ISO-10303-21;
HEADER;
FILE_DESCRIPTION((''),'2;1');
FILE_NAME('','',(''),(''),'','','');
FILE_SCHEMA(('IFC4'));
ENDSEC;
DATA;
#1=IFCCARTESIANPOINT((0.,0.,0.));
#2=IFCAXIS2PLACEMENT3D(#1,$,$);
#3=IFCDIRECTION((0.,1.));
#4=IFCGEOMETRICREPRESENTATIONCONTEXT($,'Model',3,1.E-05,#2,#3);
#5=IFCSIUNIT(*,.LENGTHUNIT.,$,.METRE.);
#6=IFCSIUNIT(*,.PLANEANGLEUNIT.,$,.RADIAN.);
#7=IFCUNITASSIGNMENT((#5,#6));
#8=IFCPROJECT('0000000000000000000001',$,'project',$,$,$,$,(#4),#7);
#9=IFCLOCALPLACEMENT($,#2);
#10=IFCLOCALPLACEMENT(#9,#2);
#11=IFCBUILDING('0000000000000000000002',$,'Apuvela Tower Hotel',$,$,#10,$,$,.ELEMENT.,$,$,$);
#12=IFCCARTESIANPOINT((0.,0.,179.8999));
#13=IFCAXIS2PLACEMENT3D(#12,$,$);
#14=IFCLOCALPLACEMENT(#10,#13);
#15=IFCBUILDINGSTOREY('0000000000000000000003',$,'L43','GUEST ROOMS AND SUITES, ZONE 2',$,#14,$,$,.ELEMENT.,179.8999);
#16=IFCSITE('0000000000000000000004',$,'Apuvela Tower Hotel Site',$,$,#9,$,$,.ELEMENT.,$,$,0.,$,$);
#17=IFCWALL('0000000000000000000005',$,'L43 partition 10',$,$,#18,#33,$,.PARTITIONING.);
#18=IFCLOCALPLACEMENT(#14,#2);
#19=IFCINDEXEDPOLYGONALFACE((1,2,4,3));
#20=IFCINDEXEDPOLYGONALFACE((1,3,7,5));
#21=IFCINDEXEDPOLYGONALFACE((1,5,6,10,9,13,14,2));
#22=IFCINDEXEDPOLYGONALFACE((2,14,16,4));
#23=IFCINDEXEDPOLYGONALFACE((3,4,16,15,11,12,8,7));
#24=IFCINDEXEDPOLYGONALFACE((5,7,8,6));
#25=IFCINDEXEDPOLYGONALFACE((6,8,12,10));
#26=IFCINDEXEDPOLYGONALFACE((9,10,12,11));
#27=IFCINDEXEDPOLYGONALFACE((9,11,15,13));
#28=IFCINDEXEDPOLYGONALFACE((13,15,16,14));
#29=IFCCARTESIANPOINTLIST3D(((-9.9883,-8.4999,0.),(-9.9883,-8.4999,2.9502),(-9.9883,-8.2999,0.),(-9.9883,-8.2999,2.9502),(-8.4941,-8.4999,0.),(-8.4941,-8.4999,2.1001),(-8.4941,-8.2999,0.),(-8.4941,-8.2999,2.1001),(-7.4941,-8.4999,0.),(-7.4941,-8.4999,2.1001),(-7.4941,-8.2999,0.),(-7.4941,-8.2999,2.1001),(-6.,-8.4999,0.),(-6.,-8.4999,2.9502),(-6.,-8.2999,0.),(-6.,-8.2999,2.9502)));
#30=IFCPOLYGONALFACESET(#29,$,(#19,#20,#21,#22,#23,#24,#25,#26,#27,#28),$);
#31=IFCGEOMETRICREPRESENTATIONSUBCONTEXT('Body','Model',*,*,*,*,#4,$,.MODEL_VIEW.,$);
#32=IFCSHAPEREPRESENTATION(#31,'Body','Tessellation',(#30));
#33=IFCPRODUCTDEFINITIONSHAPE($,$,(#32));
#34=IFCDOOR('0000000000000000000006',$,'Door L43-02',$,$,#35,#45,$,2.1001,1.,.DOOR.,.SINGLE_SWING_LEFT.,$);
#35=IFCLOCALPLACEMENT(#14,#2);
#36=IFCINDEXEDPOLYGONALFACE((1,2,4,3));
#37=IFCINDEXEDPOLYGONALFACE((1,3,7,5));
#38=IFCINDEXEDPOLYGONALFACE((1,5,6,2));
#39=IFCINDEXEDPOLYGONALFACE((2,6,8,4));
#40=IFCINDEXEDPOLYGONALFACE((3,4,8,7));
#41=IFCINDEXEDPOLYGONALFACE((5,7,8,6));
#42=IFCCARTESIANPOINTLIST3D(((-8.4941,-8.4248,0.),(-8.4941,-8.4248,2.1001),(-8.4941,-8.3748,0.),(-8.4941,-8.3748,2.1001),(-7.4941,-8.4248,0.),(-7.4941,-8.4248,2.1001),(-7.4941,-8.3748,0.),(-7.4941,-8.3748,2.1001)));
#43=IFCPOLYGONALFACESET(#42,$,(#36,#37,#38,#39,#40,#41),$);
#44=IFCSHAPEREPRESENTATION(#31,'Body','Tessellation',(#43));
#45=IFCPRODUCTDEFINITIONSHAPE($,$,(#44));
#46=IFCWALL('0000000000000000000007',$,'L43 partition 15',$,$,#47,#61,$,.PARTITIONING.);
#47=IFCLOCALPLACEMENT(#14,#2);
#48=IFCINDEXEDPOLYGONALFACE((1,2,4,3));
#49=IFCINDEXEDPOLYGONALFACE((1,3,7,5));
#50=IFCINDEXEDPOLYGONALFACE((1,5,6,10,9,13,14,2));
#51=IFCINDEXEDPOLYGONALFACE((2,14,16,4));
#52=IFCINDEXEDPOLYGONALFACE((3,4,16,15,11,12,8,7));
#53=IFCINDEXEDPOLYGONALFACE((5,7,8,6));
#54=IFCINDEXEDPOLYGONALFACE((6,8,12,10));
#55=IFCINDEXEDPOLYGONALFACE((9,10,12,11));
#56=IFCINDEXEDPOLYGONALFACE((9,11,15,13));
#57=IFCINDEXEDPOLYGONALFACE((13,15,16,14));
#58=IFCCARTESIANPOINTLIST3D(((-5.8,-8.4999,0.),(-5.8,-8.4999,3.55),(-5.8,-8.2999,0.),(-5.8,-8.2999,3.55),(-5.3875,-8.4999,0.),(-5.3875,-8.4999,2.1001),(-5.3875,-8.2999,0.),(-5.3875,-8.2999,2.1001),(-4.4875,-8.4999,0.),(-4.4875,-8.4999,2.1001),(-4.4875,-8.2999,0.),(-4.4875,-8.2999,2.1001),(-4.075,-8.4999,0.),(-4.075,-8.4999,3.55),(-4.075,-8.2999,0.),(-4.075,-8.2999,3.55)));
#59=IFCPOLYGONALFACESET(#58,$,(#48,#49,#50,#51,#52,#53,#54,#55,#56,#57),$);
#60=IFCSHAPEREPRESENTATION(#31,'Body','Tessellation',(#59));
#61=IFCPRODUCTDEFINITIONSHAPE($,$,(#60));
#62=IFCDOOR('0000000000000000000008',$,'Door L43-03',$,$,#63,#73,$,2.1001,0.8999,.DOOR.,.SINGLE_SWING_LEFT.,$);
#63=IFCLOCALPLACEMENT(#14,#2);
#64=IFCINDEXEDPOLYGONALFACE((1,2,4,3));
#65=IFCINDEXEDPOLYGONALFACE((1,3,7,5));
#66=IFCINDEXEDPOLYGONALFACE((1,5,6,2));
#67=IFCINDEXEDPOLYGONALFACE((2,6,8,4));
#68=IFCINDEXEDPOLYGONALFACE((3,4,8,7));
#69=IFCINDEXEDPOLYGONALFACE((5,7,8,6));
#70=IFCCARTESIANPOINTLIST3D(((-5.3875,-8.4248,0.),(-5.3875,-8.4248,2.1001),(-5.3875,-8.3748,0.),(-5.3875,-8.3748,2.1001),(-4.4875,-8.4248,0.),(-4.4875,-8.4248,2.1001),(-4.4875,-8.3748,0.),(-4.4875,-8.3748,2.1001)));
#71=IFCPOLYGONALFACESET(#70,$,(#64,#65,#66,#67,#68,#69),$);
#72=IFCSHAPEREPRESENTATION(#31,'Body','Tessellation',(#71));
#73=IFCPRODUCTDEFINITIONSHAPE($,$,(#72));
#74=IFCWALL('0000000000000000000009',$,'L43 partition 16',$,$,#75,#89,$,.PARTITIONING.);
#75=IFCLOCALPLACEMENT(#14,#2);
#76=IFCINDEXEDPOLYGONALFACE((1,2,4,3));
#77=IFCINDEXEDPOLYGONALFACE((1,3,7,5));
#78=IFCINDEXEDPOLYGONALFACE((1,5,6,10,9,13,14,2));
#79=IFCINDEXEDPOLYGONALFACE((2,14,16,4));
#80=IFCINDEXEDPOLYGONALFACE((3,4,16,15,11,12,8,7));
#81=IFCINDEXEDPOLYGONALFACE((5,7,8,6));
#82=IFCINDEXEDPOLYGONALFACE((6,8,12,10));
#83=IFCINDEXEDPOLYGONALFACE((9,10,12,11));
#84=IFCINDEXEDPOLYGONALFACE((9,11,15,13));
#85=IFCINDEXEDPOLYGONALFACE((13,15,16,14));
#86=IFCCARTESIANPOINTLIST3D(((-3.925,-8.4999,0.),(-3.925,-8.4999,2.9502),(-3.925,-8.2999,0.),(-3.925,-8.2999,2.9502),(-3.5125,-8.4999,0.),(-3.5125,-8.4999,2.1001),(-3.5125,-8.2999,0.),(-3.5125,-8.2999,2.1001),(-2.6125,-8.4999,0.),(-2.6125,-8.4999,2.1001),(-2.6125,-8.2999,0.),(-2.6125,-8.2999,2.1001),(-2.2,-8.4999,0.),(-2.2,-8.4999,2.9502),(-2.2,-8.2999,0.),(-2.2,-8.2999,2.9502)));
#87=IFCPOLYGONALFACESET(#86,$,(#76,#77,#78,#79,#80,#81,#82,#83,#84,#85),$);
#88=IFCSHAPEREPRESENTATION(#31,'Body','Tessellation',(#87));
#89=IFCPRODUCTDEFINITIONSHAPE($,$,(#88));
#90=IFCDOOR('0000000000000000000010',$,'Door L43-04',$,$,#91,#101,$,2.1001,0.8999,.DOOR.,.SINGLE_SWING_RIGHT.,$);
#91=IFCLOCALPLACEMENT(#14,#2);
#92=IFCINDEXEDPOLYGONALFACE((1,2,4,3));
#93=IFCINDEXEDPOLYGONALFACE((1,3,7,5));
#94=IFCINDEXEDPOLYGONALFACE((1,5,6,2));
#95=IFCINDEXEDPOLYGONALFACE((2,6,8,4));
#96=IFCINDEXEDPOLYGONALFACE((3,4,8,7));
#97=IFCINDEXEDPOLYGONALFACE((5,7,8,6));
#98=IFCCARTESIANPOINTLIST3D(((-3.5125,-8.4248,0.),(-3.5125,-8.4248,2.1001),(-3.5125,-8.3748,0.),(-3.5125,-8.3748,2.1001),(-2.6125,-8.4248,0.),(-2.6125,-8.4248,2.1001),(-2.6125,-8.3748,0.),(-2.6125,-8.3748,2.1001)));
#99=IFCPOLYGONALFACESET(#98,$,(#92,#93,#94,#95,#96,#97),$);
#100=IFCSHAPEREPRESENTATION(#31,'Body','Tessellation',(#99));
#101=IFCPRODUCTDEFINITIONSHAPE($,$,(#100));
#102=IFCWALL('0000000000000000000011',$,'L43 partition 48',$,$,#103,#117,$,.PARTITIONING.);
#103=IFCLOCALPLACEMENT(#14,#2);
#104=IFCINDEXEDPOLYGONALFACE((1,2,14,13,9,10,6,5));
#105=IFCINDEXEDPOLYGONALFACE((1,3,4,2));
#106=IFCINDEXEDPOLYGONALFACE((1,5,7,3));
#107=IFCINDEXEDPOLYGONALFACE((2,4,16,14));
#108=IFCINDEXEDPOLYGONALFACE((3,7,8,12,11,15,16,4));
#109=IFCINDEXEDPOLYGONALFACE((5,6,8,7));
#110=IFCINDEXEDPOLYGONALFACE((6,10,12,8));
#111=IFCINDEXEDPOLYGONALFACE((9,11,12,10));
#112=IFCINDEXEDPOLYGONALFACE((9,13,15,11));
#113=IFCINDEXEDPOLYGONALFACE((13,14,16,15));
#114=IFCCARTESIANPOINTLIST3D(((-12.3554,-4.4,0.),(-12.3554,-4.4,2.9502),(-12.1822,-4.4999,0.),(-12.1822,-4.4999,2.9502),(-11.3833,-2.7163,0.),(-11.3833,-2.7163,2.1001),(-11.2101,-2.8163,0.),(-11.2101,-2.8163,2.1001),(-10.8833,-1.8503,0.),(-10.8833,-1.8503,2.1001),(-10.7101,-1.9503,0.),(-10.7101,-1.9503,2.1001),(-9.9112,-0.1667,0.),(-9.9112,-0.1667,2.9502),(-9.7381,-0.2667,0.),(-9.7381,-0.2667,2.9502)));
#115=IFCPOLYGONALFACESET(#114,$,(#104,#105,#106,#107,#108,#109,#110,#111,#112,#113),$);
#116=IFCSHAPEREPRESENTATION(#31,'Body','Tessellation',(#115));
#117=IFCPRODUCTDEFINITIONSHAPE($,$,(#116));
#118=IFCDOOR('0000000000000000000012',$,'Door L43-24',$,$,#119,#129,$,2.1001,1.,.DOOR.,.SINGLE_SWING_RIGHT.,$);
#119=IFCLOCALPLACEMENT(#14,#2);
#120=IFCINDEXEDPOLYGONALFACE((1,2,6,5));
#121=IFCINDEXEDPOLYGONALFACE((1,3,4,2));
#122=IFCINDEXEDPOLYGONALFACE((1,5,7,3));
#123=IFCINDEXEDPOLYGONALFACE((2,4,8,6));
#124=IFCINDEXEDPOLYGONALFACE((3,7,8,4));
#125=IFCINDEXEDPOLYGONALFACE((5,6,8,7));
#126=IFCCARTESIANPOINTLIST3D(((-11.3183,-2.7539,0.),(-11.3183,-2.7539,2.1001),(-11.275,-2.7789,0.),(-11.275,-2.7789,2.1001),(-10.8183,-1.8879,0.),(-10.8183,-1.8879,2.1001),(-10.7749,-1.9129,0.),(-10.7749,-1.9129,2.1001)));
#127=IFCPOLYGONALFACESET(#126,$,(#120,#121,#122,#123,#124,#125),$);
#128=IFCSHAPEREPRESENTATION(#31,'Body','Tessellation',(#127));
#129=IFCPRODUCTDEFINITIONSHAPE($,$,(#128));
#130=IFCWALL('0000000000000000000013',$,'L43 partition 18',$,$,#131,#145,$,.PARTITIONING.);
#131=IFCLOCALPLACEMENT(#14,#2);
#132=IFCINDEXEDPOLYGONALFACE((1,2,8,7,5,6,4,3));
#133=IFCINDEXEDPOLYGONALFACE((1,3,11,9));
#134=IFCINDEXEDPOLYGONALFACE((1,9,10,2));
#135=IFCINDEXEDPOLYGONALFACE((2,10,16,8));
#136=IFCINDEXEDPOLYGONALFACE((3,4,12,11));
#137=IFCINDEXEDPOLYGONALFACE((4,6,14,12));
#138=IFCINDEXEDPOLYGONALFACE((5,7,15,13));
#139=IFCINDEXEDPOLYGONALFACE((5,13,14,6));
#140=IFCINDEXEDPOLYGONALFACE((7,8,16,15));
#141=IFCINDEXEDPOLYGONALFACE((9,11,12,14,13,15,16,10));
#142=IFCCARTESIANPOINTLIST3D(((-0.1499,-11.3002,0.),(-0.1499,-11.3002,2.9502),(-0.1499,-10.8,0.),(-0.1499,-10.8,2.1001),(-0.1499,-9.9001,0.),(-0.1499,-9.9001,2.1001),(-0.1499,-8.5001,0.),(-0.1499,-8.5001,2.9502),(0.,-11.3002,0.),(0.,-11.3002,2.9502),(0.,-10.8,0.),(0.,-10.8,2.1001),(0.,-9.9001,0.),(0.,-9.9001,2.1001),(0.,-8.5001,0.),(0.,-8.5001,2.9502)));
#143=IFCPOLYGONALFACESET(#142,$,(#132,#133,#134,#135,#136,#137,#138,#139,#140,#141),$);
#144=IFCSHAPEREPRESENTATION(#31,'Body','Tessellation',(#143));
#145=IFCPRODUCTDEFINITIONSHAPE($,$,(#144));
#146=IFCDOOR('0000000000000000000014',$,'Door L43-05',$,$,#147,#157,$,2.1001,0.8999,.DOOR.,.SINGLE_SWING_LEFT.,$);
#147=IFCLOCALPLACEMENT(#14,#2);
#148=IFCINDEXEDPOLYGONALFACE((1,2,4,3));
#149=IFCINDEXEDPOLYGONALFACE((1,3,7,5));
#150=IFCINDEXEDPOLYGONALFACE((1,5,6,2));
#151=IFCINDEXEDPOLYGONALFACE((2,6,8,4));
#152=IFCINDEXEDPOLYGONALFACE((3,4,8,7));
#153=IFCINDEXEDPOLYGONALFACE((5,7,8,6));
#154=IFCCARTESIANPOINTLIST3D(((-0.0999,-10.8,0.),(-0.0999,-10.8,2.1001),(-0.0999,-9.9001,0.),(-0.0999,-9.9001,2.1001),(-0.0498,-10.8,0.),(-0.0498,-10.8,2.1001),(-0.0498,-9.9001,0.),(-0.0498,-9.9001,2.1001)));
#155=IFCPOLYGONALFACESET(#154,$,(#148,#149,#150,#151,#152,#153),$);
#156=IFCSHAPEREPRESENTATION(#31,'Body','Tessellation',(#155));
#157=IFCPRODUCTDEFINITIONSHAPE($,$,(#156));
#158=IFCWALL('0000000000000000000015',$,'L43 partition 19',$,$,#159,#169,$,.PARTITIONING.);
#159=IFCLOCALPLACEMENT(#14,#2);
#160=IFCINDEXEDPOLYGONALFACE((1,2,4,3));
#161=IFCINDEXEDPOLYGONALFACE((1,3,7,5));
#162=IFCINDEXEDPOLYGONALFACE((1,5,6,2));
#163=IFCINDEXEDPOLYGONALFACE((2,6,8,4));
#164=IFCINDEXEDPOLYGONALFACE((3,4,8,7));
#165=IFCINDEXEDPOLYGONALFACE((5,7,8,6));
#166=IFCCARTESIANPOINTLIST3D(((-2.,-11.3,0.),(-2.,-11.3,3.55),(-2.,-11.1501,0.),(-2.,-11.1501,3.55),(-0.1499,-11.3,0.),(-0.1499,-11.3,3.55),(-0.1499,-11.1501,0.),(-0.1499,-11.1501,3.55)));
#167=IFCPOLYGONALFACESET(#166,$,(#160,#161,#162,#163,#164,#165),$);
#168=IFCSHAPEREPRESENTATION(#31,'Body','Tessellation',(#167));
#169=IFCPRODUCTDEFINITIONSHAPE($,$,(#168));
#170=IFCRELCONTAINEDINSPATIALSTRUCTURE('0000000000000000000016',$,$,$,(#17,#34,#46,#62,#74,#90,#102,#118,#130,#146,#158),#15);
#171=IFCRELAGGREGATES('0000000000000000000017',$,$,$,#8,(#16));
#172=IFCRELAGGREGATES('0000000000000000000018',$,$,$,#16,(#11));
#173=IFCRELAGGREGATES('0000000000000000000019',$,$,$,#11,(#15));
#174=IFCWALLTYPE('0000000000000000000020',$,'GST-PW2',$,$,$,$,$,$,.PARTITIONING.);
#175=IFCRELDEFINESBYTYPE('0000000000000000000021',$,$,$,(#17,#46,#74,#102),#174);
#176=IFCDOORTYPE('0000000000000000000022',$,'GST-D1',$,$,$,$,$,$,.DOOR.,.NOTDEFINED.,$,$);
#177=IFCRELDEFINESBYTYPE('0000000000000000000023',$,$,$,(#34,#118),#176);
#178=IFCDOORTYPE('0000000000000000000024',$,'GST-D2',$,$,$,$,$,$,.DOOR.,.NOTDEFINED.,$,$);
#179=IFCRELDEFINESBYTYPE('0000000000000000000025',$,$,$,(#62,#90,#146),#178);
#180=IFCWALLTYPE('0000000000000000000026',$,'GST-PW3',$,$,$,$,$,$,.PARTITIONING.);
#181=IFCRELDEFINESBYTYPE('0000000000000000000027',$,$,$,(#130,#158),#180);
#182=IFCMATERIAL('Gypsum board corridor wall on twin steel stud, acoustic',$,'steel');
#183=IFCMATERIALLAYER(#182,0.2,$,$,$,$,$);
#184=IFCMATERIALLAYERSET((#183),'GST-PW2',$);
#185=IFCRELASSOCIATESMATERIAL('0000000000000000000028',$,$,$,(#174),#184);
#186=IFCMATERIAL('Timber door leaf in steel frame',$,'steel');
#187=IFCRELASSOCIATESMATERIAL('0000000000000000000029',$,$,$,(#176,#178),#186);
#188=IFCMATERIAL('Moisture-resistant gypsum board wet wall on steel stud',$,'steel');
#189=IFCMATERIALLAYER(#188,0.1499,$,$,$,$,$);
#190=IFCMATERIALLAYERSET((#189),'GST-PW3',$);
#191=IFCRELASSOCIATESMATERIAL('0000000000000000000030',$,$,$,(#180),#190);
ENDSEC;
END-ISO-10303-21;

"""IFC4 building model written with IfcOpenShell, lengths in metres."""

from ifc_helpers import new_model, si_unit, direction, frame, frame_2d, origin, place, context, subcontext, project, spatial, rectangle, extrude, material, layer, layer_set, type_object, element, fill, save


model = new_model("IFC4")

# Units and contexts
model_context = context("Model", 3, precision=1e-05, world=origin(), true_north=direction((0.0, 1.0)))
body_context = subcontext(model_context, "Body", "Model", "MODEL_VIEW")
ifc_project = project(units=[si_unit("LENGTHUNIT", "METRE"), si_unit("PLANEANGLEUNIT", "RADIAN")], contexts=[model_context])

# Site, building, storey
site_placement = place(None, origin())
site = spatial("IfcSite", under=ifc_project, at=site_placement, Name="Apuvela Tower Hotel Site", CompositionType="ELEMENT", RefElevation=0.0)
building_placement = place(site_placement, origin())
building = spatial("IfcBuilding", under=site, at=building_placement, Name="Apuvela Tower Hotel", CompositionType="ELEMENT")
storey_placement = place(building_placement, frame((0.0, 0.0, 179.8999)))
storey = spatial("IfcBuildingStorey", under=building, at=storey_placement, Name="L43", Description="GUEST ROOMS AND SUITES, ZONE 2", CompositionType="ELEMENT", Elevation=179.8999)

# Walls, openings, doors
ifc_material_1 = material(Name="Gypsum board corridor wall on twin steel stud, acoustic", Category="steel")
ifc_layer_1 = layer(ifc_material_1, 0.2)
ifc_layer_set_1 = layer_set([ifc_layer_1], Name="GST-PW2")
wall_type_1 = type_object("IfcWallType", Name="GST-PW2", PredefinedType="PARTITIONING", material=ifc_layer_set_1)
wall_1_placement = place(storey_placement, frame((-6.0, -8.3999, 0.0), z_axis=(0.0, 0.0, 1.0), x_axis=(-1.0, 0.0, 0.0)))
wall_1 = element("IfcWall", 1, at=wall_1_placement, inside=storey, type_object=wall_type_1, Name="L43 partition 10", PredefinedType="PARTITIONING", context=body_context, shape_type="SweptSolid", body=[
    extrude(rectangle(XDim=3.9883, YDim=0.2, at=frame_2d((1.9941, 0.0))), origin(), (0.0, 0.0, 1.0), 2.9502),
])
opening_1_placement = place(wall_1_placement, frame((1.4941, 0.0, 0.0)))
opening_1 = element("IfcOpeningElement", 2, at=opening_1_placement, cuts=wall_1, PredefinedType="OPENING", context=body_context, shape_type="SweptSolid", body=[
    extrude(rectangle(XDim=1.0, YDim=2.1001, at=frame_2d((0.5, 1.05))), frame((0.0, 0.1099, 0.0), z_axis=(0.0, -1.0, 0.0), x_axis=(1.0, 0.0, 0.0)), (0.0, 0.0, 1.0), 0.22),
])
ifc_material_2 = material(Name="Timber door leaf in steel frame", Category="steel")
door_type_1 = type_object("IfcDoorType", Name="GST-D1", OperationType="NOTDEFINED", PredefinedType="DOOR", material=ifc_material_2)
door_1_placement = place(opening_1_placement, origin())
door_1 = element("IfcDoor", 3, at=door_1_placement, inside=storey, type_object=door_type_1, Name="Door L43-02", OperationType="SINGLE_SWING_LEFT", OverallHeight=2.1001, OverallWidth=1.0, PredefinedType="DOOR", context=body_context, shape_type="SweptSolid", body=[
    extrude(rectangle(XDim=1.0, YDim=2.1001, at=frame_2d((0.5, 1.05))), frame((0.0, 0.0249, 0.0), z_axis=(0.0, -1.0, 0.0), x_axis=(1.0, 0.0, 0.0)), (0.0, 0.0, 1.0), 0.05),
])
fill(opening_1, door_1)
wall_2_placement = place(storey_placement, frame((-4.075, -8.3999, 0.0), z_axis=(0.0, 0.0, 1.0), x_axis=(-1.0, 0.0, 0.0)))
wall_2 = element("IfcWall", 4, at=wall_2_placement, inside=storey, type_object=wall_type_1, Name="L43 partition 15", PredefinedType="PARTITIONING", context=body_context, shape_type="SweptSolid", body=[
    extrude(rectangle(XDim=1.7251, YDim=0.2, at=frame_2d((0.8625, 0.0))), origin(), (0.0, 0.0, 1.0), 3.55),
])
opening_2_placement = place(wall_2_placement, frame((0.4126, 0.0, 0.0)))
opening_2 = element("IfcOpeningElement", 5, at=opening_2_placement, cuts=wall_2, PredefinedType="OPENING", context=body_context, shape_type="SweptSolid", body=[
    extrude(rectangle(XDim=0.8999, YDim=2.1001, at=frame_2d((0.45, 1.05))), frame((0.0, 0.1099, 0.0), z_axis=(0.0, -1.0, 0.0), x_axis=(1.0, 0.0, 0.0)), (0.0, 0.0, 1.0), 0.22),
])
door_type_2 = type_object("IfcDoorType", Name="GST-D2", OperationType="NOTDEFINED", PredefinedType="DOOR", material=ifc_material_2)
door_2_placement = place(opening_2_placement, origin())
door_2 = element("IfcDoor", 6, at=door_2_placement, inside=storey, type_object=door_type_2, Name="Door L43-03", OperationType="SINGLE_SWING_LEFT", OverallHeight=2.1001, OverallWidth=0.8999, PredefinedType="DOOR", context=body_context, shape_type="SweptSolid", body=[
    extrude(rectangle(XDim=0.8999, YDim=2.1001, at=frame_2d((0.45, 1.05))), frame((0.0, 0.0249, 0.0), z_axis=(0.0, -1.0, 0.0), x_axis=(1.0, 0.0, 0.0)), (0.0, 0.0, 1.0), 0.05),
])
fill(opening_2, door_2)
wall_3_placement = place(storey_placement, frame((-2.2, -8.3999, 0.0), z_axis=(0.0, 0.0, 1.0), x_axis=(-1.0, 0.0, 0.0)))
wall_3 = element("IfcWall", 7, at=wall_3_placement, inside=storey, type_object=wall_type_1, Name="L43 partition 16", PredefinedType="PARTITIONING", context=body_context, shape_type="SweptSolid", body=[
    extrude(rectangle(XDim=1.7251, YDim=0.2, at=frame_2d((0.8625, 0.0))), origin(), (0.0, 0.0, 1.0), 2.9502),
])
opening_3_placement = place(wall_3_placement, frame((0.4126, 0.0, 0.0)))
opening_3 = element("IfcOpeningElement", 8, at=opening_3_placement, cuts=wall_3, PredefinedType="OPENING", context=body_context, shape_type="SweptSolid", body=[
    extrude(rectangle(XDim=0.8999, YDim=2.1001, at=frame_2d((0.45, 1.05))), frame((0.0, 0.1099, 0.0), z_axis=(0.0, -1.0, 0.0), x_axis=(1.0, 0.0, 0.0)), (0.0, 0.0, 1.0), 0.22),
])
door_3_placement = place(opening_3_placement, origin())
door_3 = element("IfcDoor", 9, at=door_3_placement, inside=storey, type_object=door_type_2, Name="Door L43-04", OperationType="SINGLE_SWING_RIGHT", OverallHeight=2.1001, OverallWidth=0.8999, PredefinedType="DOOR", context=body_context, shape_type="SweptSolid", body=[
    extrude(rectangle(XDim=0.8999, YDim=2.1001, at=frame_2d((0.45, 1.05))), frame((0.0, 0.0249, 0.0), z_axis=(0.0, -1.0, 0.0), x_axis=(1.0, 0.0, 0.0)), (0.0, 0.0, 1.0), 0.05),
])
fill(opening_3, door_3)
wall_4_placement = place(storey_placement, frame((-12.2688, -4.45, 0.0), z_axis=(0.0, 0.0, 1.0), x_axis=(0.500012, 0.866018, 0.0)))
wall_4 = element("IfcWall", 10, at=wall_4_placement, inside=storey, type_object=wall_type_1, Name="L43 partition 48", PredefinedType="PARTITIONING", context=body_context, shape_type="SweptSolid", body=[
    extrude(rectangle(XDim=4.8882, YDim=0.2, at=frame_2d((2.4441, 0.0))), origin(), (0.0, 0.0, 1.0), 2.9502),
])
opening_4_placement = place(wall_4_placement, frame((1.9441, 0.0, 0.0)))
opening_4 = element("IfcOpeningElement", 11, at=opening_4_placement, cuts=wall_4, PredefinedType="OPENING", context=body_context, shape_type="SweptSolid", body=[
    extrude(rectangle(XDim=1.0, YDim=2.1001, at=frame_2d((0.5, 1.05))), frame((0.0, 0.1099, 0.0), z_axis=(0.0, -1.0, 0.0), x_axis=(1.0, 0.0, 0.0)), (0.0, 0.0, 1.0), 0.22),
])
door_4_placement = place(opening_4_placement, origin())
door_4 = element("IfcDoor", 12, at=door_4_placement, inside=storey, type_object=door_type_1, Name="Door L43-24", OperationType="SINGLE_SWING_RIGHT", OverallHeight=2.1001, OverallWidth=1.0, PredefinedType="DOOR", context=body_context, shape_type="SweptSolid", body=[
    extrude(rectangle(XDim=1.0, YDim=2.1001, at=frame_2d((0.5, 1.05))), frame((0.0, 0.0249, 0.0), z_axis=(0.0, -1.0, 0.0), x_axis=(1.0, 0.0, 0.0)), (0.0, 0.0, 1.0), 0.05),
])
fill(opening_4, door_4)
ifc_material_3 = material(Name="Moisture-resistant gypsum board wet wall on steel stud", Category="steel")
ifc_layer_2 = layer(ifc_material_3, 0.1499)
ifc_layer_set_2 = layer_set([ifc_layer_2], Name="GST-PW3")
wall_type_2 = type_object("IfcWallType", Name="GST-PW3", PredefinedType="PARTITIONING", material=ifc_layer_set_2)
wall_5_placement = place(storey_placement, frame((-0.075, -11.3, 0.0), z_axis=(0.0, 0.0, 1.0), x_axis=(0.0, 1.0, 0.0)))
wall_5 = element("IfcWall", 13, at=wall_5_placement, inside=storey, type_object=wall_type_2, Name="L43 partition 18", PredefinedType="PARTITIONING", context=body_context, shape_type="SweptSolid", body=[
    extrude(rectangle(XDim=2.8, YDim=0.1499, at=frame_2d((1.3999, 0.0))), origin(), (0.0, 0.0, 1.0), 2.9502),
])
opening_5_placement = place(wall_5_placement, frame((0.5, 0.0, 0.0)))
opening_5 = element("IfcOpeningElement", 14, at=opening_5_placement, cuts=wall_5, PredefinedType="OPENING", context=body_context, shape_type="SweptSolid", body=[
    extrude(rectangle(XDim=0.8999, YDim=2.1001, at=frame_2d((0.45, 1.05))), frame((0.0, 0.085, 0.0), z_axis=(0.0, -1.0, 0.0), x_axis=(1.0, 0.0, 0.0)), (0.0, 0.0, 1.0), 0.1699),
])
door_5_placement = place(opening_5_placement, origin())
door_5 = element("IfcDoor", 15, at=door_5_placement, inside=storey, type_object=door_type_2, Name="Door L43-05", OperationType="SINGLE_SWING_LEFT", OverallHeight=2.1001, OverallWidth=0.8999, PredefinedType="DOOR", context=body_context, shape_type="SweptSolid", body=[
    extrude(rectangle(XDim=0.8999, YDim=2.1001, at=frame_2d((0.45, 1.05))), frame((0.0, 0.0249, 0.0), z_axis=(0.0, -1.0, 0.0), x_axis=(1.0, 0.0, 0.0)), (0.0, 0.0, 1.0), 0.05),
])
fill(opening_5, door_5)

# Wall
wall_6_placement = place(storey_placement, frame((-2.0, -11.2251, 0.0), z_axis=(0.0, 0.0, 1.0), x_axis=(1.0, 0.0, 0.0)))
element("IfcWall", 16, at=wall_6_placement, inside=storey, type_object=wall_type_2, Name="L43 partition 19", PredefinedType="PARTITIONING", context=body_context, shape_type="SweptSolid", body=[
    extrude(rectangle(XDim=1.8501, YDim=0.1499, at=frame_2d((0.925, 0.0))), origin(), (0.0, 0.0, 1.0), 3.55),
])

save(model, "model.ifc")
